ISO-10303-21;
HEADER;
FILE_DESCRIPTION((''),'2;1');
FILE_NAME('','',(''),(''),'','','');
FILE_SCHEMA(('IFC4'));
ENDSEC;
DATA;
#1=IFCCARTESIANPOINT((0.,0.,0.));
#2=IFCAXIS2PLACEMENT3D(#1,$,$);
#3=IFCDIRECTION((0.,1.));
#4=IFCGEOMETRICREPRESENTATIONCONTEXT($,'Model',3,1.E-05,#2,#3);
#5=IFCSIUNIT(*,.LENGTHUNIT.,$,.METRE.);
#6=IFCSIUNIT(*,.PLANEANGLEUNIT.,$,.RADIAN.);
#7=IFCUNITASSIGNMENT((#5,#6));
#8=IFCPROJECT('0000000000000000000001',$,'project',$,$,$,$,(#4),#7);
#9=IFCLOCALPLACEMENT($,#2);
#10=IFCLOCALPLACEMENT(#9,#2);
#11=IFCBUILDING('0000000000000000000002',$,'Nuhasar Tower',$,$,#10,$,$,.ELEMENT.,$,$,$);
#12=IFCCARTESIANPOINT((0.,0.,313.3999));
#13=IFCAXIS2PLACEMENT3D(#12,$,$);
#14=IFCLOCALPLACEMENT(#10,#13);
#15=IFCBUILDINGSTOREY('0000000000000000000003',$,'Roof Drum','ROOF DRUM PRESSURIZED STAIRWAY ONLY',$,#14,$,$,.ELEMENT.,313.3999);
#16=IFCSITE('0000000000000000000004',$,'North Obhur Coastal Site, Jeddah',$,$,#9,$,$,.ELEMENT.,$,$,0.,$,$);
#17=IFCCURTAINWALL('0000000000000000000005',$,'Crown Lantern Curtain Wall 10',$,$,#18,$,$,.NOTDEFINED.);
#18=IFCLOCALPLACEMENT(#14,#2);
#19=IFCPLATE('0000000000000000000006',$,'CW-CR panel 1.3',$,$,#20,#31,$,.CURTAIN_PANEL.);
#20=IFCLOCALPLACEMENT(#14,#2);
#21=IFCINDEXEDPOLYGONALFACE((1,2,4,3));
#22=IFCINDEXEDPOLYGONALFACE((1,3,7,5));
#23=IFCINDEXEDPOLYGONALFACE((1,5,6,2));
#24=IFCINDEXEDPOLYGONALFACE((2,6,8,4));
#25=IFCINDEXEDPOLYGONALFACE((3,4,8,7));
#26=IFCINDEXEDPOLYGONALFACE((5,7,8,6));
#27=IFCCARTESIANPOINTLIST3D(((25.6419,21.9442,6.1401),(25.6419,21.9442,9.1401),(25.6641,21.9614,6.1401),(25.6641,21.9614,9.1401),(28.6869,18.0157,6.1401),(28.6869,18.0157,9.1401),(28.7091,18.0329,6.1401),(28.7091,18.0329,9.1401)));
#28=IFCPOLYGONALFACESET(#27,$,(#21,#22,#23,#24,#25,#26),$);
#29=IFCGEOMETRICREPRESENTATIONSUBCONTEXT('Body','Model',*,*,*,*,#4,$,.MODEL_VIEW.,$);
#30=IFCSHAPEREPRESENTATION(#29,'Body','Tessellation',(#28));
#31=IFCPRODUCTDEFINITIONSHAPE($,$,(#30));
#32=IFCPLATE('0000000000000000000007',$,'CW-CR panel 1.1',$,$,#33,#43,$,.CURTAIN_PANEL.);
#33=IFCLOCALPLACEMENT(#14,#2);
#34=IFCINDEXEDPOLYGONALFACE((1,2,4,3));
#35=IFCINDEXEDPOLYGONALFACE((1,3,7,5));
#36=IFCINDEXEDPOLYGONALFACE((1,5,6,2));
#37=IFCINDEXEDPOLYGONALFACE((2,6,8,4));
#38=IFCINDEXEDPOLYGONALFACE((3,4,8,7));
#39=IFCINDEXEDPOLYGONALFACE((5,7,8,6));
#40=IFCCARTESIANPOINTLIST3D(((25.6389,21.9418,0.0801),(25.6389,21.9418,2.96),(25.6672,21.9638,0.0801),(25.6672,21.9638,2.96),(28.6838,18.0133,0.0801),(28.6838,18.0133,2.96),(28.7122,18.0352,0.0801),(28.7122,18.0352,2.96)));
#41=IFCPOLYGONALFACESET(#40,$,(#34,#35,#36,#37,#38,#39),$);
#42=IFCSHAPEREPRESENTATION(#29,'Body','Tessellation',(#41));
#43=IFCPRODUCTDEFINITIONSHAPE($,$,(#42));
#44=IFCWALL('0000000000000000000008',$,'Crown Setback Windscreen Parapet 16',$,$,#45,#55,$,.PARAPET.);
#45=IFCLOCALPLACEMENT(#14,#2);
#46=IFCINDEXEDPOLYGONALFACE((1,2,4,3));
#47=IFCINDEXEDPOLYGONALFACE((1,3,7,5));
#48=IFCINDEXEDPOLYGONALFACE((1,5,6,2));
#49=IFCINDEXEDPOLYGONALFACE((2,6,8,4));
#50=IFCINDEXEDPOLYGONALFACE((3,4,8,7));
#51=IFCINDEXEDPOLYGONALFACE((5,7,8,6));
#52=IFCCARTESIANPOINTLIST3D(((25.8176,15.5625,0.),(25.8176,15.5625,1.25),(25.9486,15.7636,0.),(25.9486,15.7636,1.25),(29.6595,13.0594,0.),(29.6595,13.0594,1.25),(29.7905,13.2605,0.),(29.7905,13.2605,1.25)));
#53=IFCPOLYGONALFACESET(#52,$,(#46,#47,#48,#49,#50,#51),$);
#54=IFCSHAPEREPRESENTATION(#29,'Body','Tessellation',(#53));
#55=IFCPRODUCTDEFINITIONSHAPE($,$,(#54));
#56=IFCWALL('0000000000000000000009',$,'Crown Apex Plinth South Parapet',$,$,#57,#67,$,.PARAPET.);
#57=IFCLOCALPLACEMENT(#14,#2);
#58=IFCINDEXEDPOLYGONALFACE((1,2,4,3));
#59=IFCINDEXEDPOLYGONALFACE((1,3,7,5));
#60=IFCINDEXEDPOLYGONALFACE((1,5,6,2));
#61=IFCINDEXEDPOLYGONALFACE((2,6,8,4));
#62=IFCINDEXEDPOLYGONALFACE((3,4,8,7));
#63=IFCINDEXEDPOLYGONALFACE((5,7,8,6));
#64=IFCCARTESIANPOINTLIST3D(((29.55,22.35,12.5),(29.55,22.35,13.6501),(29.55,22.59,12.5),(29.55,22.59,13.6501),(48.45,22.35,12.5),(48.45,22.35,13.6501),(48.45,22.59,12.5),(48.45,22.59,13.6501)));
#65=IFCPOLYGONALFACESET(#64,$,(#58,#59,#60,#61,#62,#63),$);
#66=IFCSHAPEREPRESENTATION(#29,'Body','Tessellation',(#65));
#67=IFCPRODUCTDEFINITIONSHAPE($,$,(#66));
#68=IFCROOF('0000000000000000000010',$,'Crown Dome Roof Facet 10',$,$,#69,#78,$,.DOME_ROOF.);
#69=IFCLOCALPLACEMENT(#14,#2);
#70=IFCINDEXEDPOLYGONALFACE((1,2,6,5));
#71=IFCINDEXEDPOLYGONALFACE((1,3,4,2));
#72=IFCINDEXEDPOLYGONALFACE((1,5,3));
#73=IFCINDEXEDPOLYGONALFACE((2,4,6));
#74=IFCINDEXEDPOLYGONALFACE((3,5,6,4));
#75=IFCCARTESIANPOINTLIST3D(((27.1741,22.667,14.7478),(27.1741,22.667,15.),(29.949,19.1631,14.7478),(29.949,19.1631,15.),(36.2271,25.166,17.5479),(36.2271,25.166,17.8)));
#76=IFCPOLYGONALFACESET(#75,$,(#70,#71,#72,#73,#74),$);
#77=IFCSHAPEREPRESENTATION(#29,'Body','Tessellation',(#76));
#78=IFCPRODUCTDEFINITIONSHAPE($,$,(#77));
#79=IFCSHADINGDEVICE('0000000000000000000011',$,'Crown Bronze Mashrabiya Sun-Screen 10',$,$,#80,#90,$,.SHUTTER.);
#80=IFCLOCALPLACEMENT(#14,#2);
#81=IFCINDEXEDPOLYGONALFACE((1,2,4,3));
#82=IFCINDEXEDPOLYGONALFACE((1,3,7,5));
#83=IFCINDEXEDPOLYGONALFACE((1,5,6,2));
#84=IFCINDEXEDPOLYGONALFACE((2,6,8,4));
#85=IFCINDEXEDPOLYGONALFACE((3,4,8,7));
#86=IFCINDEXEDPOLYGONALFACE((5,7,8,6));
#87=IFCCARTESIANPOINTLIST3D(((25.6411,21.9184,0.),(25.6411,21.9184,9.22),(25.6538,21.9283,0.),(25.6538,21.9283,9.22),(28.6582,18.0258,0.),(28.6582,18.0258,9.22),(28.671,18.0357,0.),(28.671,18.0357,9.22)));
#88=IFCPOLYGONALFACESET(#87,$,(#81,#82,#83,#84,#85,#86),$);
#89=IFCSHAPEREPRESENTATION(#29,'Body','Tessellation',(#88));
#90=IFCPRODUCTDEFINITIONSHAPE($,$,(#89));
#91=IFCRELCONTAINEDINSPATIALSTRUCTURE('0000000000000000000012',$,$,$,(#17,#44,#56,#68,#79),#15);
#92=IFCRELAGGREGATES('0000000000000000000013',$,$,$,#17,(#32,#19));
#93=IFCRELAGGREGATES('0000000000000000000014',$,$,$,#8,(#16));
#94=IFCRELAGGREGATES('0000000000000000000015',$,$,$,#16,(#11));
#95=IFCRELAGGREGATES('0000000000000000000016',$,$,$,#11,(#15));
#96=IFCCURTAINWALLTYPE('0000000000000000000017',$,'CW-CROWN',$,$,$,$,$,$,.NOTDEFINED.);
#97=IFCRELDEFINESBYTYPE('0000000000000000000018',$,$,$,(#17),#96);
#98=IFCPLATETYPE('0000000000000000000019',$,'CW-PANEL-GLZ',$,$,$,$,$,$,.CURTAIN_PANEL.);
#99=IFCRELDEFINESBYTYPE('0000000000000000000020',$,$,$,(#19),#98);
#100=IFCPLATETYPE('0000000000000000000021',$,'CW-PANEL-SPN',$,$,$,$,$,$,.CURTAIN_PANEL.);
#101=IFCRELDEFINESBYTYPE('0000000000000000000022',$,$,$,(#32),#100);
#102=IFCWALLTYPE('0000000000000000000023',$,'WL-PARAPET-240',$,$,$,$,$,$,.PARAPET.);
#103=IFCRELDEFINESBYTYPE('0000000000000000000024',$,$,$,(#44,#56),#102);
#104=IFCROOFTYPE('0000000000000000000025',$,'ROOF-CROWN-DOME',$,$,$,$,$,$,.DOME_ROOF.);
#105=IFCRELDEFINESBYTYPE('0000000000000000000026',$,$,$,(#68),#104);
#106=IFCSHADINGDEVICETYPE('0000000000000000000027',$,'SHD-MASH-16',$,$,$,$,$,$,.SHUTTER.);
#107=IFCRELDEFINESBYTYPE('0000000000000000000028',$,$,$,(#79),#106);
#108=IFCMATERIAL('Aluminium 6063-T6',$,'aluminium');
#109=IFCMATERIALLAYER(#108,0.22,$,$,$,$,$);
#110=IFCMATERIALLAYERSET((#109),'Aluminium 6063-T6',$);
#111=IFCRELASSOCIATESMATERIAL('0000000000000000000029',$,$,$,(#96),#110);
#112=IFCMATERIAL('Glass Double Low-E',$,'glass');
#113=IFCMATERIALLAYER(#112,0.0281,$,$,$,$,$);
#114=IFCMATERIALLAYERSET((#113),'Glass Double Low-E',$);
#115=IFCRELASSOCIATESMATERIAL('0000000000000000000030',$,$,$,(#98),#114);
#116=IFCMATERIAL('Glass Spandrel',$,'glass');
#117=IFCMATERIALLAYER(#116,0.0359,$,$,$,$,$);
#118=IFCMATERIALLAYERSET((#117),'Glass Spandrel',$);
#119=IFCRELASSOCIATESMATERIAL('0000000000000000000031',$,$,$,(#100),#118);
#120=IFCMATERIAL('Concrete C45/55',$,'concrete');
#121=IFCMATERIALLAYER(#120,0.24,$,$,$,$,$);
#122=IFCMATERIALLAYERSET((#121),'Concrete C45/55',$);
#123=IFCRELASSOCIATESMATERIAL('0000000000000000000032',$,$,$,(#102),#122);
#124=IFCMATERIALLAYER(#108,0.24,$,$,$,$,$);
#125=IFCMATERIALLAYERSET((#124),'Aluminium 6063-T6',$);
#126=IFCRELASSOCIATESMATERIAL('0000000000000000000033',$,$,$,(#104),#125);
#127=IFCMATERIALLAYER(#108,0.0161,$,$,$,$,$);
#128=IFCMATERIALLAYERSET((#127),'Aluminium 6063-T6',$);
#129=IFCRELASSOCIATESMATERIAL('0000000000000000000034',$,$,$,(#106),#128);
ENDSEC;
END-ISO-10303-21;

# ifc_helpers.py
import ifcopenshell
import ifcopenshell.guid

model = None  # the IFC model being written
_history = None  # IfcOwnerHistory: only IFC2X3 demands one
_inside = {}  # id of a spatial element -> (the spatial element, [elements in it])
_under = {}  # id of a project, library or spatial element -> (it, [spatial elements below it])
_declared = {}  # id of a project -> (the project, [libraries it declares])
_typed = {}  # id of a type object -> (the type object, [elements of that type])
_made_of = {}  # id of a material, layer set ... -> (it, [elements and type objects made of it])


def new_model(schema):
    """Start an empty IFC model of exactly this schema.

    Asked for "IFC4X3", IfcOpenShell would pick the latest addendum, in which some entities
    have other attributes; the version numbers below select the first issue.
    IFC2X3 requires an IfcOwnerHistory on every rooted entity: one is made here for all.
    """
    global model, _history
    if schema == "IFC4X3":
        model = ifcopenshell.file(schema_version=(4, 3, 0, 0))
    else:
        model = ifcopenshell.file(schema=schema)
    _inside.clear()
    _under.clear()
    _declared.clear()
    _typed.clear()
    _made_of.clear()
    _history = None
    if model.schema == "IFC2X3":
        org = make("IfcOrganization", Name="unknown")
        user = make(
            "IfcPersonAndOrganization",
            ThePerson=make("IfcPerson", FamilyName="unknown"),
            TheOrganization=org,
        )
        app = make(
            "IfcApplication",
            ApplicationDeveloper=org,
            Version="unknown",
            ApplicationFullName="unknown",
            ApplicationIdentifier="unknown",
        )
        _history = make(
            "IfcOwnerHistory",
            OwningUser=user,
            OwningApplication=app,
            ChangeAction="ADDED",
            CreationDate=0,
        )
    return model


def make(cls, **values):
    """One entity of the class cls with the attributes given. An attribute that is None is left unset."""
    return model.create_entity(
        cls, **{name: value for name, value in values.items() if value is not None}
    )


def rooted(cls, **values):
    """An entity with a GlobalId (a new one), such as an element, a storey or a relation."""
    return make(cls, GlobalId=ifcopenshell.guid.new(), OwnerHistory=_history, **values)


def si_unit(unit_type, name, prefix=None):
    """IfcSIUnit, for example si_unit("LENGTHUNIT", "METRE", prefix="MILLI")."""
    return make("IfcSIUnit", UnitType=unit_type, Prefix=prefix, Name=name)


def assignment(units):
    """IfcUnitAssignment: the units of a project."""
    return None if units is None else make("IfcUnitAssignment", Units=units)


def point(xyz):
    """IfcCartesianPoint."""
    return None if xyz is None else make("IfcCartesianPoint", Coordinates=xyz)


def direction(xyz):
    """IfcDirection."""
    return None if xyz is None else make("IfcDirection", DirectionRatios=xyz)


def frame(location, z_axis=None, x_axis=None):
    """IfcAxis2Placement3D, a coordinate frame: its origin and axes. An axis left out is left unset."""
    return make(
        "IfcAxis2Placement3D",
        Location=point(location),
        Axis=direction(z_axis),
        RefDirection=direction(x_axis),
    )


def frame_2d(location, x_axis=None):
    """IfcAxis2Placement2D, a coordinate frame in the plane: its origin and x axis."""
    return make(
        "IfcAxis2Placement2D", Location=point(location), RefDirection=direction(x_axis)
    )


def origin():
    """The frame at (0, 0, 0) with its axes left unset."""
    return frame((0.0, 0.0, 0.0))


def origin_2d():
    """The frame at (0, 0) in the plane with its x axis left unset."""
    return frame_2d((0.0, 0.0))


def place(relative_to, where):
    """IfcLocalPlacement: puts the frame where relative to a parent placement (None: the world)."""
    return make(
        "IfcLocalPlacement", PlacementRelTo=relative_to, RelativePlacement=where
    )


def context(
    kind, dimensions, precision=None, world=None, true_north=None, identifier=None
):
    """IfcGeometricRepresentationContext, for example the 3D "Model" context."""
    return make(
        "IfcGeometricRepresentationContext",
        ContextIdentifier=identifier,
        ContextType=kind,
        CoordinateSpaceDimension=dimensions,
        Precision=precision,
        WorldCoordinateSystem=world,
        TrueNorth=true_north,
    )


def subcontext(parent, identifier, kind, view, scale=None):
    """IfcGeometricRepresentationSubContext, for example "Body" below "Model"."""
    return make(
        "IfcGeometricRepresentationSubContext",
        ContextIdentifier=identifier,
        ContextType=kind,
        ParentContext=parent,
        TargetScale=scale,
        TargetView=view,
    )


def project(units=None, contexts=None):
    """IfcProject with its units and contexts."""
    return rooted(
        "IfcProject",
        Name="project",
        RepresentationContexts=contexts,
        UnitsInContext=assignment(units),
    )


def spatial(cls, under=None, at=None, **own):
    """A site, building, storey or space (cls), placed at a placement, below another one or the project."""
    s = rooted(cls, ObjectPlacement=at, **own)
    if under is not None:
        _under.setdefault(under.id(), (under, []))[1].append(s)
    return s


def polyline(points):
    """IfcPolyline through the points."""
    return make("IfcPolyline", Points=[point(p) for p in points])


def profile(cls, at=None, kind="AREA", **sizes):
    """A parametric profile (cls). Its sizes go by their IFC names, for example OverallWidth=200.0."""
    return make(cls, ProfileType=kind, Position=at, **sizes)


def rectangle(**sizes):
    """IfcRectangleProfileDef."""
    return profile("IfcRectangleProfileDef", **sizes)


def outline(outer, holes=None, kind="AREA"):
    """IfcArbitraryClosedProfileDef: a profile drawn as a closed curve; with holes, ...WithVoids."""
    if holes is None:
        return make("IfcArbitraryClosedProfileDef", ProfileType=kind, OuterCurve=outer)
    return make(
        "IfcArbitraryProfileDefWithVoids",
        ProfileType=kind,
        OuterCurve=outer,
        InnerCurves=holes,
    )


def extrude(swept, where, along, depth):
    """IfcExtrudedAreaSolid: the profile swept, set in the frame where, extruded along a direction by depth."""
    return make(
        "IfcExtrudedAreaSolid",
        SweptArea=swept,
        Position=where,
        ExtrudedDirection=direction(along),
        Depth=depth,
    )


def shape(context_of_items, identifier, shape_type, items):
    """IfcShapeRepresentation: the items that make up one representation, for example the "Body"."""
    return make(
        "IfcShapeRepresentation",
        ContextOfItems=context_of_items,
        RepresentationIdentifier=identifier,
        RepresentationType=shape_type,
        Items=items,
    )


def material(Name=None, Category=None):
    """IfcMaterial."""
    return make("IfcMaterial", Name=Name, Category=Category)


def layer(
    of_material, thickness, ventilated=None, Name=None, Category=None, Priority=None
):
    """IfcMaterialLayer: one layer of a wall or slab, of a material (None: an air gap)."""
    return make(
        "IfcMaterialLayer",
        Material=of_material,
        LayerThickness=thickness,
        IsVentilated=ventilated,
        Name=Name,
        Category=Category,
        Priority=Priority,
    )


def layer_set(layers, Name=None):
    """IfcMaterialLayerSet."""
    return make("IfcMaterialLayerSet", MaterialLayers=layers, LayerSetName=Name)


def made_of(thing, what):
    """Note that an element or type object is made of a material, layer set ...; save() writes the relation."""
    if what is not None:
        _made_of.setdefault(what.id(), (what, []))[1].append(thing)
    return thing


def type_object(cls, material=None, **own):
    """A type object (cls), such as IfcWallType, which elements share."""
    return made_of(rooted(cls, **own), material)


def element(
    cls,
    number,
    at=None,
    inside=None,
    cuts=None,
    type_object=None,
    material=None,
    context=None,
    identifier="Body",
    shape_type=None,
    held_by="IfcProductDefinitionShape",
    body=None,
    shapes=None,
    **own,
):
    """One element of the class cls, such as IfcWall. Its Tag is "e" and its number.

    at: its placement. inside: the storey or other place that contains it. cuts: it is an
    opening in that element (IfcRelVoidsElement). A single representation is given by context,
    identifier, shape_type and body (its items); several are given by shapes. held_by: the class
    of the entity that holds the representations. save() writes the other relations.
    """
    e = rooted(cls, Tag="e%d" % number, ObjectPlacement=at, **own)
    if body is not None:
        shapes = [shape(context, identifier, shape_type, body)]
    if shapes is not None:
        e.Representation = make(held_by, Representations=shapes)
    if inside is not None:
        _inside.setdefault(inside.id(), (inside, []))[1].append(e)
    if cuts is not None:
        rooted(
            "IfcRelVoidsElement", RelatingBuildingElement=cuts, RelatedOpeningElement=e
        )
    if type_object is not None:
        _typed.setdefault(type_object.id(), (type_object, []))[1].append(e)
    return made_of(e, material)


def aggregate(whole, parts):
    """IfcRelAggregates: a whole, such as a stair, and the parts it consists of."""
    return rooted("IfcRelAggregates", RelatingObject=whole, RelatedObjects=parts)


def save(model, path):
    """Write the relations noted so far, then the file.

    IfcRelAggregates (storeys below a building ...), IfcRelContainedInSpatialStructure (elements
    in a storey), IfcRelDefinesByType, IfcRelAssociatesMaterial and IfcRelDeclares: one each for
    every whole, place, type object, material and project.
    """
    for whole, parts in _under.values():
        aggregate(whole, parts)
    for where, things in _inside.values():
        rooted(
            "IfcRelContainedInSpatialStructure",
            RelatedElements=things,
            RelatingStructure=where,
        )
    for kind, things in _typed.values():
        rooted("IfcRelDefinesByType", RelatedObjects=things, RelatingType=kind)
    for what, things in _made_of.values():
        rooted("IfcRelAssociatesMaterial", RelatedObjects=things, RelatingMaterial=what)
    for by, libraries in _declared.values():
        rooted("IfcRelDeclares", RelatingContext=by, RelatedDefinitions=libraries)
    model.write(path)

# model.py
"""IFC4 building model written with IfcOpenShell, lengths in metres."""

from ifc_helpers import new_model, si_unit, direction, frame, frame_2d, origin, origin_2d, place, context, subcontext, project, spatial, polyline, rectangle, outline, extrude, material, layer, layer_set, type_object, element, aggregate, save


model = new_model("IFC4")

# Units and contexts
model_context = context("Model", 3, precision=1e-05, world=origin(), true_north=direction((0.0, 1.0)))
body_context = subcontext(model_context, "Body", "Model", "MODEL_VIEW")
ifc_project = project(units=[si_unit("LENGTHUNIT", "METRE"), si_unit("PLANEANGLEUNIT", "RADIAN")], contexts=[model_context])

# Site, building, storey
site_placement = place(None, origin())
site = spatial("IfcSite", under=ifc_project, at=site_placement, Name="North Obhur Coastal Site, Jeddah", CompositionType="ELEMENT", RefElevation=0.0)
building_placement = place(site_placement, origin())
building = spatial("IfcBuilding", under=site, at=building_placement, Name="Nuhasar Tower", CompositionType="ELEMENT")
storey_placement = place(building_placement, frame((0.0, 0.0, 313.3999)))
storey = spatial("IfcBuildingStorey", under=building, at=storey_placement, Name="Roof Drum", Description="ROOF DRUM PRESSURIZED STAIRWAY ONLY", CompositionType="ELEMENT", Elevation=313.3999)

# Curtain wall
ifc_material_1 = material(Name="Aluminium 6063-T6", Category="aluminium")
ifc_layer_1 = layer(ifc_material_1, 0.22)
ifc_layer_set_1 = layer_set([ifc_layer_1], Name="Aluminium 6063-T6")
curtain_wall_type = type_object("IfcCurtainWallType", Name="CW-CROWN", PredefinedType="NOTDEFINED", material=ifc_layer_set_1)
curtain_wall_1_placement = place(storey_placement, origin())
curtain_wall_1 = element("IfcCurtainWall", 1, at=curtain_wall_1_placement, inside=storey, type_object=curtain_wall_type, Name="Crown Lantern Curtain Wall 10", PredefinedType="NOTDEFINED")

# Plates
ifc_material_2 = material(Name="Glass Double Low-E", Category="glass")
ifc_layer_2 = layer(ifc_material_2, 0.0281)
ifc_layer_set_2 = layer_set([ifc_layer_2], Name="Glass Double Low-E")
plate_type_1 = type_object("IfcPlateType", Name="CW-PANEL-GLZ", PredefinedType="CURTAIN_PANEL", material=ifc_layer_set_2)
plate_1_placement = place(storey_placement, frame((27.1755, 19.9885, 6.1401), z_axis=(0.0, 0.0, 1.0), x_axis=(0.612617, -0.79038, 0.0)))
plate_1 = element("IfcPlate", 2, at=plate_1_placement, type_object=plate_type_1, Name="CW-CR panel 1.3", PredefinedType="CURTAIN_PANEL", context=body_context, shape_type="SweptSolid", body=[
    extrude(rectangle(XDim=4.9705, YDim=0.0281, at=origin_2d()), origin(), (0.0, 0.0, 1.0), 3.0),
])
ifc_material_3 = material(Name="Glass Spandrel", Category="glass")
ifc_layer_3 = layer(ifc_material_3, 0.0359)
ifc_layer_set_3 = layer_set([ifc_layer_3], Name="Glass Spandrel")
plate_type_2 = type_object("IfcPlateType", Name="CW-PANEL-SPN", PredefinedType="CURTAIN_PANEL", material=ifc_layer_set_3)
plate_2_placement = place(storey_placement, frame((27.1755, 19.9885, 0.0801), z_axis=(0.0, 0.0, 1.0), x_axis=(0.612617, -0.79038, 0.0)))
plate_2 = element("IfcPlate", 3, at=plate_2_placement, type_object=plate_type_2, Name="CW-CR panel 1.1", PredefinedType="CURTAIN_PANEL", context=body_context, shape_type="SweptSolid", body=[
    extrude(rectangle(XDim=4.9705, YDim=0.0359, at=origin_2d()), origin(), (0.0, 0.0, 1.0), 2.8799),
])
aggregate(curtain_wall_1, [plate_2, plate_1])

# Walls
ifc_material_4 = material(Name="Concrete C45/55", Category="concrete")
ifc_layer_4 = layer(ifc_material_4, 0.24)
ifc_layer_set_4 = layer_set([ifc_layer_4], Name="Concrete C45/55")
wall_type = type_object("IfcWallType", Name="WL-PARAPET-240", PredefinedType="PARAPET", material=ifc_layer_set_4)
wall_1_placement = place(storey_placement, frame((25.8831, 15.6631, 0.0), z_axis=(0.0, 0.0, 1.0), x_axis=(0.83786, -0.545884, 0.0)))
element("IfcWall", 4, at=wall_1_placement, inside=storey, type_object=wall_type, Name="Crown Setback Windscreen Parapet 16", PredefinedType="PARAPET", context=body_context, shape_type="SweptSolid", body=[
    extrude(rectangle(XDim=4.5854, YDim=0.24, at=frame_2d((2.2927, 0.0))), origin(), (0.0, 0.0, 1.0), 1.25),
])
wall_2_placement = place(storey_placement, frame((29.55, 22.47, 12.5), z_axis=(0.0, 0.0, 1.0), x_axis=(1.0, 0.0, 0.0)))
element("IfcWall", 5, at=wall_2_placement, inside=storey, type_object=wall_type, Name="Crown Apex Plinth South Parapet", PredefinedType="PARAPET", context=body_context, shape_type="SweptSolid", body=[
    extrude(rectangle(XDim=18.8999, YDim=0.24, at=frame_2d((9.45, 0.0))), origin(), (0.0, 0.0, 1.0), 1.1501),
])

# Roof
ifc_layer_5 = layer(ifc_material_1, 0.24)
ifc_layer_set_5 = layer_set([ifc_layer_5], Name="Aluminium 6063-T6")
roof_type = type_object("IfcRoofType", Name="ROOF-CROWN-DOME", PredefinedType="DOME_ROOF", material=ifc_layer_set_5)
roof_placement = place(storey_placement, frame((27.1741, 22.667, 15.0), z_axis=(-0.24147, -0.191231, 0.95138), x_axis=(0.620837, -0.783939, 0.0)))
element("IfcRoof", 6, at=roof_placement, inside=storey, type_object=roof_type, Name="Crown Dome Roof Facet 10", PredefinedType="DOME_ROOF", context=body_context, shape_type="SweptSolid", body=[
    extrude(outline(polyline([(0.0, 0.0), (4.4696, 0.0), (3.6613, 9.0905), (0.0, 0.0)])), origin(), (0.0, -0.308021, -0.95138), 0.2522),
])

# Shading device
ifc_layer_6 = layer(ifc_material_1, 0.0161)
ifc_layer_set_6 = layer_set([ifc_layer_6], Name="Aluminium 6063-T6")
shading_device_type = type_object("IfcShadingDeviceType", Name="SHD-MASH-16", PredefinedType="SHUTTER", material=ifc_layer_set_6)
shading_device_placement = place(storey_placement, frame((27.156, 19.9771, 0.0), z_axis=(0.0, 0.0, 1.0), x_axis=(0.612617, -0.79038, 0.0)))
element("IfcShadingDevice", 7, at=shading_device_placement, inside=storey, type_object=shading_device_type, Name="Crown Bronze Mashrabiya Sun-Screen 10", PredefinedType="SHUTTER", context=body_context, shape_type="SweptSolid", body=[
    extrude(rectangle(XDim=4.925, YDim=0.0161, at=origin_2d()), origin(), (0.0, 0.0, 1.0), 9.22),
])

save(model, "model.ifc")
